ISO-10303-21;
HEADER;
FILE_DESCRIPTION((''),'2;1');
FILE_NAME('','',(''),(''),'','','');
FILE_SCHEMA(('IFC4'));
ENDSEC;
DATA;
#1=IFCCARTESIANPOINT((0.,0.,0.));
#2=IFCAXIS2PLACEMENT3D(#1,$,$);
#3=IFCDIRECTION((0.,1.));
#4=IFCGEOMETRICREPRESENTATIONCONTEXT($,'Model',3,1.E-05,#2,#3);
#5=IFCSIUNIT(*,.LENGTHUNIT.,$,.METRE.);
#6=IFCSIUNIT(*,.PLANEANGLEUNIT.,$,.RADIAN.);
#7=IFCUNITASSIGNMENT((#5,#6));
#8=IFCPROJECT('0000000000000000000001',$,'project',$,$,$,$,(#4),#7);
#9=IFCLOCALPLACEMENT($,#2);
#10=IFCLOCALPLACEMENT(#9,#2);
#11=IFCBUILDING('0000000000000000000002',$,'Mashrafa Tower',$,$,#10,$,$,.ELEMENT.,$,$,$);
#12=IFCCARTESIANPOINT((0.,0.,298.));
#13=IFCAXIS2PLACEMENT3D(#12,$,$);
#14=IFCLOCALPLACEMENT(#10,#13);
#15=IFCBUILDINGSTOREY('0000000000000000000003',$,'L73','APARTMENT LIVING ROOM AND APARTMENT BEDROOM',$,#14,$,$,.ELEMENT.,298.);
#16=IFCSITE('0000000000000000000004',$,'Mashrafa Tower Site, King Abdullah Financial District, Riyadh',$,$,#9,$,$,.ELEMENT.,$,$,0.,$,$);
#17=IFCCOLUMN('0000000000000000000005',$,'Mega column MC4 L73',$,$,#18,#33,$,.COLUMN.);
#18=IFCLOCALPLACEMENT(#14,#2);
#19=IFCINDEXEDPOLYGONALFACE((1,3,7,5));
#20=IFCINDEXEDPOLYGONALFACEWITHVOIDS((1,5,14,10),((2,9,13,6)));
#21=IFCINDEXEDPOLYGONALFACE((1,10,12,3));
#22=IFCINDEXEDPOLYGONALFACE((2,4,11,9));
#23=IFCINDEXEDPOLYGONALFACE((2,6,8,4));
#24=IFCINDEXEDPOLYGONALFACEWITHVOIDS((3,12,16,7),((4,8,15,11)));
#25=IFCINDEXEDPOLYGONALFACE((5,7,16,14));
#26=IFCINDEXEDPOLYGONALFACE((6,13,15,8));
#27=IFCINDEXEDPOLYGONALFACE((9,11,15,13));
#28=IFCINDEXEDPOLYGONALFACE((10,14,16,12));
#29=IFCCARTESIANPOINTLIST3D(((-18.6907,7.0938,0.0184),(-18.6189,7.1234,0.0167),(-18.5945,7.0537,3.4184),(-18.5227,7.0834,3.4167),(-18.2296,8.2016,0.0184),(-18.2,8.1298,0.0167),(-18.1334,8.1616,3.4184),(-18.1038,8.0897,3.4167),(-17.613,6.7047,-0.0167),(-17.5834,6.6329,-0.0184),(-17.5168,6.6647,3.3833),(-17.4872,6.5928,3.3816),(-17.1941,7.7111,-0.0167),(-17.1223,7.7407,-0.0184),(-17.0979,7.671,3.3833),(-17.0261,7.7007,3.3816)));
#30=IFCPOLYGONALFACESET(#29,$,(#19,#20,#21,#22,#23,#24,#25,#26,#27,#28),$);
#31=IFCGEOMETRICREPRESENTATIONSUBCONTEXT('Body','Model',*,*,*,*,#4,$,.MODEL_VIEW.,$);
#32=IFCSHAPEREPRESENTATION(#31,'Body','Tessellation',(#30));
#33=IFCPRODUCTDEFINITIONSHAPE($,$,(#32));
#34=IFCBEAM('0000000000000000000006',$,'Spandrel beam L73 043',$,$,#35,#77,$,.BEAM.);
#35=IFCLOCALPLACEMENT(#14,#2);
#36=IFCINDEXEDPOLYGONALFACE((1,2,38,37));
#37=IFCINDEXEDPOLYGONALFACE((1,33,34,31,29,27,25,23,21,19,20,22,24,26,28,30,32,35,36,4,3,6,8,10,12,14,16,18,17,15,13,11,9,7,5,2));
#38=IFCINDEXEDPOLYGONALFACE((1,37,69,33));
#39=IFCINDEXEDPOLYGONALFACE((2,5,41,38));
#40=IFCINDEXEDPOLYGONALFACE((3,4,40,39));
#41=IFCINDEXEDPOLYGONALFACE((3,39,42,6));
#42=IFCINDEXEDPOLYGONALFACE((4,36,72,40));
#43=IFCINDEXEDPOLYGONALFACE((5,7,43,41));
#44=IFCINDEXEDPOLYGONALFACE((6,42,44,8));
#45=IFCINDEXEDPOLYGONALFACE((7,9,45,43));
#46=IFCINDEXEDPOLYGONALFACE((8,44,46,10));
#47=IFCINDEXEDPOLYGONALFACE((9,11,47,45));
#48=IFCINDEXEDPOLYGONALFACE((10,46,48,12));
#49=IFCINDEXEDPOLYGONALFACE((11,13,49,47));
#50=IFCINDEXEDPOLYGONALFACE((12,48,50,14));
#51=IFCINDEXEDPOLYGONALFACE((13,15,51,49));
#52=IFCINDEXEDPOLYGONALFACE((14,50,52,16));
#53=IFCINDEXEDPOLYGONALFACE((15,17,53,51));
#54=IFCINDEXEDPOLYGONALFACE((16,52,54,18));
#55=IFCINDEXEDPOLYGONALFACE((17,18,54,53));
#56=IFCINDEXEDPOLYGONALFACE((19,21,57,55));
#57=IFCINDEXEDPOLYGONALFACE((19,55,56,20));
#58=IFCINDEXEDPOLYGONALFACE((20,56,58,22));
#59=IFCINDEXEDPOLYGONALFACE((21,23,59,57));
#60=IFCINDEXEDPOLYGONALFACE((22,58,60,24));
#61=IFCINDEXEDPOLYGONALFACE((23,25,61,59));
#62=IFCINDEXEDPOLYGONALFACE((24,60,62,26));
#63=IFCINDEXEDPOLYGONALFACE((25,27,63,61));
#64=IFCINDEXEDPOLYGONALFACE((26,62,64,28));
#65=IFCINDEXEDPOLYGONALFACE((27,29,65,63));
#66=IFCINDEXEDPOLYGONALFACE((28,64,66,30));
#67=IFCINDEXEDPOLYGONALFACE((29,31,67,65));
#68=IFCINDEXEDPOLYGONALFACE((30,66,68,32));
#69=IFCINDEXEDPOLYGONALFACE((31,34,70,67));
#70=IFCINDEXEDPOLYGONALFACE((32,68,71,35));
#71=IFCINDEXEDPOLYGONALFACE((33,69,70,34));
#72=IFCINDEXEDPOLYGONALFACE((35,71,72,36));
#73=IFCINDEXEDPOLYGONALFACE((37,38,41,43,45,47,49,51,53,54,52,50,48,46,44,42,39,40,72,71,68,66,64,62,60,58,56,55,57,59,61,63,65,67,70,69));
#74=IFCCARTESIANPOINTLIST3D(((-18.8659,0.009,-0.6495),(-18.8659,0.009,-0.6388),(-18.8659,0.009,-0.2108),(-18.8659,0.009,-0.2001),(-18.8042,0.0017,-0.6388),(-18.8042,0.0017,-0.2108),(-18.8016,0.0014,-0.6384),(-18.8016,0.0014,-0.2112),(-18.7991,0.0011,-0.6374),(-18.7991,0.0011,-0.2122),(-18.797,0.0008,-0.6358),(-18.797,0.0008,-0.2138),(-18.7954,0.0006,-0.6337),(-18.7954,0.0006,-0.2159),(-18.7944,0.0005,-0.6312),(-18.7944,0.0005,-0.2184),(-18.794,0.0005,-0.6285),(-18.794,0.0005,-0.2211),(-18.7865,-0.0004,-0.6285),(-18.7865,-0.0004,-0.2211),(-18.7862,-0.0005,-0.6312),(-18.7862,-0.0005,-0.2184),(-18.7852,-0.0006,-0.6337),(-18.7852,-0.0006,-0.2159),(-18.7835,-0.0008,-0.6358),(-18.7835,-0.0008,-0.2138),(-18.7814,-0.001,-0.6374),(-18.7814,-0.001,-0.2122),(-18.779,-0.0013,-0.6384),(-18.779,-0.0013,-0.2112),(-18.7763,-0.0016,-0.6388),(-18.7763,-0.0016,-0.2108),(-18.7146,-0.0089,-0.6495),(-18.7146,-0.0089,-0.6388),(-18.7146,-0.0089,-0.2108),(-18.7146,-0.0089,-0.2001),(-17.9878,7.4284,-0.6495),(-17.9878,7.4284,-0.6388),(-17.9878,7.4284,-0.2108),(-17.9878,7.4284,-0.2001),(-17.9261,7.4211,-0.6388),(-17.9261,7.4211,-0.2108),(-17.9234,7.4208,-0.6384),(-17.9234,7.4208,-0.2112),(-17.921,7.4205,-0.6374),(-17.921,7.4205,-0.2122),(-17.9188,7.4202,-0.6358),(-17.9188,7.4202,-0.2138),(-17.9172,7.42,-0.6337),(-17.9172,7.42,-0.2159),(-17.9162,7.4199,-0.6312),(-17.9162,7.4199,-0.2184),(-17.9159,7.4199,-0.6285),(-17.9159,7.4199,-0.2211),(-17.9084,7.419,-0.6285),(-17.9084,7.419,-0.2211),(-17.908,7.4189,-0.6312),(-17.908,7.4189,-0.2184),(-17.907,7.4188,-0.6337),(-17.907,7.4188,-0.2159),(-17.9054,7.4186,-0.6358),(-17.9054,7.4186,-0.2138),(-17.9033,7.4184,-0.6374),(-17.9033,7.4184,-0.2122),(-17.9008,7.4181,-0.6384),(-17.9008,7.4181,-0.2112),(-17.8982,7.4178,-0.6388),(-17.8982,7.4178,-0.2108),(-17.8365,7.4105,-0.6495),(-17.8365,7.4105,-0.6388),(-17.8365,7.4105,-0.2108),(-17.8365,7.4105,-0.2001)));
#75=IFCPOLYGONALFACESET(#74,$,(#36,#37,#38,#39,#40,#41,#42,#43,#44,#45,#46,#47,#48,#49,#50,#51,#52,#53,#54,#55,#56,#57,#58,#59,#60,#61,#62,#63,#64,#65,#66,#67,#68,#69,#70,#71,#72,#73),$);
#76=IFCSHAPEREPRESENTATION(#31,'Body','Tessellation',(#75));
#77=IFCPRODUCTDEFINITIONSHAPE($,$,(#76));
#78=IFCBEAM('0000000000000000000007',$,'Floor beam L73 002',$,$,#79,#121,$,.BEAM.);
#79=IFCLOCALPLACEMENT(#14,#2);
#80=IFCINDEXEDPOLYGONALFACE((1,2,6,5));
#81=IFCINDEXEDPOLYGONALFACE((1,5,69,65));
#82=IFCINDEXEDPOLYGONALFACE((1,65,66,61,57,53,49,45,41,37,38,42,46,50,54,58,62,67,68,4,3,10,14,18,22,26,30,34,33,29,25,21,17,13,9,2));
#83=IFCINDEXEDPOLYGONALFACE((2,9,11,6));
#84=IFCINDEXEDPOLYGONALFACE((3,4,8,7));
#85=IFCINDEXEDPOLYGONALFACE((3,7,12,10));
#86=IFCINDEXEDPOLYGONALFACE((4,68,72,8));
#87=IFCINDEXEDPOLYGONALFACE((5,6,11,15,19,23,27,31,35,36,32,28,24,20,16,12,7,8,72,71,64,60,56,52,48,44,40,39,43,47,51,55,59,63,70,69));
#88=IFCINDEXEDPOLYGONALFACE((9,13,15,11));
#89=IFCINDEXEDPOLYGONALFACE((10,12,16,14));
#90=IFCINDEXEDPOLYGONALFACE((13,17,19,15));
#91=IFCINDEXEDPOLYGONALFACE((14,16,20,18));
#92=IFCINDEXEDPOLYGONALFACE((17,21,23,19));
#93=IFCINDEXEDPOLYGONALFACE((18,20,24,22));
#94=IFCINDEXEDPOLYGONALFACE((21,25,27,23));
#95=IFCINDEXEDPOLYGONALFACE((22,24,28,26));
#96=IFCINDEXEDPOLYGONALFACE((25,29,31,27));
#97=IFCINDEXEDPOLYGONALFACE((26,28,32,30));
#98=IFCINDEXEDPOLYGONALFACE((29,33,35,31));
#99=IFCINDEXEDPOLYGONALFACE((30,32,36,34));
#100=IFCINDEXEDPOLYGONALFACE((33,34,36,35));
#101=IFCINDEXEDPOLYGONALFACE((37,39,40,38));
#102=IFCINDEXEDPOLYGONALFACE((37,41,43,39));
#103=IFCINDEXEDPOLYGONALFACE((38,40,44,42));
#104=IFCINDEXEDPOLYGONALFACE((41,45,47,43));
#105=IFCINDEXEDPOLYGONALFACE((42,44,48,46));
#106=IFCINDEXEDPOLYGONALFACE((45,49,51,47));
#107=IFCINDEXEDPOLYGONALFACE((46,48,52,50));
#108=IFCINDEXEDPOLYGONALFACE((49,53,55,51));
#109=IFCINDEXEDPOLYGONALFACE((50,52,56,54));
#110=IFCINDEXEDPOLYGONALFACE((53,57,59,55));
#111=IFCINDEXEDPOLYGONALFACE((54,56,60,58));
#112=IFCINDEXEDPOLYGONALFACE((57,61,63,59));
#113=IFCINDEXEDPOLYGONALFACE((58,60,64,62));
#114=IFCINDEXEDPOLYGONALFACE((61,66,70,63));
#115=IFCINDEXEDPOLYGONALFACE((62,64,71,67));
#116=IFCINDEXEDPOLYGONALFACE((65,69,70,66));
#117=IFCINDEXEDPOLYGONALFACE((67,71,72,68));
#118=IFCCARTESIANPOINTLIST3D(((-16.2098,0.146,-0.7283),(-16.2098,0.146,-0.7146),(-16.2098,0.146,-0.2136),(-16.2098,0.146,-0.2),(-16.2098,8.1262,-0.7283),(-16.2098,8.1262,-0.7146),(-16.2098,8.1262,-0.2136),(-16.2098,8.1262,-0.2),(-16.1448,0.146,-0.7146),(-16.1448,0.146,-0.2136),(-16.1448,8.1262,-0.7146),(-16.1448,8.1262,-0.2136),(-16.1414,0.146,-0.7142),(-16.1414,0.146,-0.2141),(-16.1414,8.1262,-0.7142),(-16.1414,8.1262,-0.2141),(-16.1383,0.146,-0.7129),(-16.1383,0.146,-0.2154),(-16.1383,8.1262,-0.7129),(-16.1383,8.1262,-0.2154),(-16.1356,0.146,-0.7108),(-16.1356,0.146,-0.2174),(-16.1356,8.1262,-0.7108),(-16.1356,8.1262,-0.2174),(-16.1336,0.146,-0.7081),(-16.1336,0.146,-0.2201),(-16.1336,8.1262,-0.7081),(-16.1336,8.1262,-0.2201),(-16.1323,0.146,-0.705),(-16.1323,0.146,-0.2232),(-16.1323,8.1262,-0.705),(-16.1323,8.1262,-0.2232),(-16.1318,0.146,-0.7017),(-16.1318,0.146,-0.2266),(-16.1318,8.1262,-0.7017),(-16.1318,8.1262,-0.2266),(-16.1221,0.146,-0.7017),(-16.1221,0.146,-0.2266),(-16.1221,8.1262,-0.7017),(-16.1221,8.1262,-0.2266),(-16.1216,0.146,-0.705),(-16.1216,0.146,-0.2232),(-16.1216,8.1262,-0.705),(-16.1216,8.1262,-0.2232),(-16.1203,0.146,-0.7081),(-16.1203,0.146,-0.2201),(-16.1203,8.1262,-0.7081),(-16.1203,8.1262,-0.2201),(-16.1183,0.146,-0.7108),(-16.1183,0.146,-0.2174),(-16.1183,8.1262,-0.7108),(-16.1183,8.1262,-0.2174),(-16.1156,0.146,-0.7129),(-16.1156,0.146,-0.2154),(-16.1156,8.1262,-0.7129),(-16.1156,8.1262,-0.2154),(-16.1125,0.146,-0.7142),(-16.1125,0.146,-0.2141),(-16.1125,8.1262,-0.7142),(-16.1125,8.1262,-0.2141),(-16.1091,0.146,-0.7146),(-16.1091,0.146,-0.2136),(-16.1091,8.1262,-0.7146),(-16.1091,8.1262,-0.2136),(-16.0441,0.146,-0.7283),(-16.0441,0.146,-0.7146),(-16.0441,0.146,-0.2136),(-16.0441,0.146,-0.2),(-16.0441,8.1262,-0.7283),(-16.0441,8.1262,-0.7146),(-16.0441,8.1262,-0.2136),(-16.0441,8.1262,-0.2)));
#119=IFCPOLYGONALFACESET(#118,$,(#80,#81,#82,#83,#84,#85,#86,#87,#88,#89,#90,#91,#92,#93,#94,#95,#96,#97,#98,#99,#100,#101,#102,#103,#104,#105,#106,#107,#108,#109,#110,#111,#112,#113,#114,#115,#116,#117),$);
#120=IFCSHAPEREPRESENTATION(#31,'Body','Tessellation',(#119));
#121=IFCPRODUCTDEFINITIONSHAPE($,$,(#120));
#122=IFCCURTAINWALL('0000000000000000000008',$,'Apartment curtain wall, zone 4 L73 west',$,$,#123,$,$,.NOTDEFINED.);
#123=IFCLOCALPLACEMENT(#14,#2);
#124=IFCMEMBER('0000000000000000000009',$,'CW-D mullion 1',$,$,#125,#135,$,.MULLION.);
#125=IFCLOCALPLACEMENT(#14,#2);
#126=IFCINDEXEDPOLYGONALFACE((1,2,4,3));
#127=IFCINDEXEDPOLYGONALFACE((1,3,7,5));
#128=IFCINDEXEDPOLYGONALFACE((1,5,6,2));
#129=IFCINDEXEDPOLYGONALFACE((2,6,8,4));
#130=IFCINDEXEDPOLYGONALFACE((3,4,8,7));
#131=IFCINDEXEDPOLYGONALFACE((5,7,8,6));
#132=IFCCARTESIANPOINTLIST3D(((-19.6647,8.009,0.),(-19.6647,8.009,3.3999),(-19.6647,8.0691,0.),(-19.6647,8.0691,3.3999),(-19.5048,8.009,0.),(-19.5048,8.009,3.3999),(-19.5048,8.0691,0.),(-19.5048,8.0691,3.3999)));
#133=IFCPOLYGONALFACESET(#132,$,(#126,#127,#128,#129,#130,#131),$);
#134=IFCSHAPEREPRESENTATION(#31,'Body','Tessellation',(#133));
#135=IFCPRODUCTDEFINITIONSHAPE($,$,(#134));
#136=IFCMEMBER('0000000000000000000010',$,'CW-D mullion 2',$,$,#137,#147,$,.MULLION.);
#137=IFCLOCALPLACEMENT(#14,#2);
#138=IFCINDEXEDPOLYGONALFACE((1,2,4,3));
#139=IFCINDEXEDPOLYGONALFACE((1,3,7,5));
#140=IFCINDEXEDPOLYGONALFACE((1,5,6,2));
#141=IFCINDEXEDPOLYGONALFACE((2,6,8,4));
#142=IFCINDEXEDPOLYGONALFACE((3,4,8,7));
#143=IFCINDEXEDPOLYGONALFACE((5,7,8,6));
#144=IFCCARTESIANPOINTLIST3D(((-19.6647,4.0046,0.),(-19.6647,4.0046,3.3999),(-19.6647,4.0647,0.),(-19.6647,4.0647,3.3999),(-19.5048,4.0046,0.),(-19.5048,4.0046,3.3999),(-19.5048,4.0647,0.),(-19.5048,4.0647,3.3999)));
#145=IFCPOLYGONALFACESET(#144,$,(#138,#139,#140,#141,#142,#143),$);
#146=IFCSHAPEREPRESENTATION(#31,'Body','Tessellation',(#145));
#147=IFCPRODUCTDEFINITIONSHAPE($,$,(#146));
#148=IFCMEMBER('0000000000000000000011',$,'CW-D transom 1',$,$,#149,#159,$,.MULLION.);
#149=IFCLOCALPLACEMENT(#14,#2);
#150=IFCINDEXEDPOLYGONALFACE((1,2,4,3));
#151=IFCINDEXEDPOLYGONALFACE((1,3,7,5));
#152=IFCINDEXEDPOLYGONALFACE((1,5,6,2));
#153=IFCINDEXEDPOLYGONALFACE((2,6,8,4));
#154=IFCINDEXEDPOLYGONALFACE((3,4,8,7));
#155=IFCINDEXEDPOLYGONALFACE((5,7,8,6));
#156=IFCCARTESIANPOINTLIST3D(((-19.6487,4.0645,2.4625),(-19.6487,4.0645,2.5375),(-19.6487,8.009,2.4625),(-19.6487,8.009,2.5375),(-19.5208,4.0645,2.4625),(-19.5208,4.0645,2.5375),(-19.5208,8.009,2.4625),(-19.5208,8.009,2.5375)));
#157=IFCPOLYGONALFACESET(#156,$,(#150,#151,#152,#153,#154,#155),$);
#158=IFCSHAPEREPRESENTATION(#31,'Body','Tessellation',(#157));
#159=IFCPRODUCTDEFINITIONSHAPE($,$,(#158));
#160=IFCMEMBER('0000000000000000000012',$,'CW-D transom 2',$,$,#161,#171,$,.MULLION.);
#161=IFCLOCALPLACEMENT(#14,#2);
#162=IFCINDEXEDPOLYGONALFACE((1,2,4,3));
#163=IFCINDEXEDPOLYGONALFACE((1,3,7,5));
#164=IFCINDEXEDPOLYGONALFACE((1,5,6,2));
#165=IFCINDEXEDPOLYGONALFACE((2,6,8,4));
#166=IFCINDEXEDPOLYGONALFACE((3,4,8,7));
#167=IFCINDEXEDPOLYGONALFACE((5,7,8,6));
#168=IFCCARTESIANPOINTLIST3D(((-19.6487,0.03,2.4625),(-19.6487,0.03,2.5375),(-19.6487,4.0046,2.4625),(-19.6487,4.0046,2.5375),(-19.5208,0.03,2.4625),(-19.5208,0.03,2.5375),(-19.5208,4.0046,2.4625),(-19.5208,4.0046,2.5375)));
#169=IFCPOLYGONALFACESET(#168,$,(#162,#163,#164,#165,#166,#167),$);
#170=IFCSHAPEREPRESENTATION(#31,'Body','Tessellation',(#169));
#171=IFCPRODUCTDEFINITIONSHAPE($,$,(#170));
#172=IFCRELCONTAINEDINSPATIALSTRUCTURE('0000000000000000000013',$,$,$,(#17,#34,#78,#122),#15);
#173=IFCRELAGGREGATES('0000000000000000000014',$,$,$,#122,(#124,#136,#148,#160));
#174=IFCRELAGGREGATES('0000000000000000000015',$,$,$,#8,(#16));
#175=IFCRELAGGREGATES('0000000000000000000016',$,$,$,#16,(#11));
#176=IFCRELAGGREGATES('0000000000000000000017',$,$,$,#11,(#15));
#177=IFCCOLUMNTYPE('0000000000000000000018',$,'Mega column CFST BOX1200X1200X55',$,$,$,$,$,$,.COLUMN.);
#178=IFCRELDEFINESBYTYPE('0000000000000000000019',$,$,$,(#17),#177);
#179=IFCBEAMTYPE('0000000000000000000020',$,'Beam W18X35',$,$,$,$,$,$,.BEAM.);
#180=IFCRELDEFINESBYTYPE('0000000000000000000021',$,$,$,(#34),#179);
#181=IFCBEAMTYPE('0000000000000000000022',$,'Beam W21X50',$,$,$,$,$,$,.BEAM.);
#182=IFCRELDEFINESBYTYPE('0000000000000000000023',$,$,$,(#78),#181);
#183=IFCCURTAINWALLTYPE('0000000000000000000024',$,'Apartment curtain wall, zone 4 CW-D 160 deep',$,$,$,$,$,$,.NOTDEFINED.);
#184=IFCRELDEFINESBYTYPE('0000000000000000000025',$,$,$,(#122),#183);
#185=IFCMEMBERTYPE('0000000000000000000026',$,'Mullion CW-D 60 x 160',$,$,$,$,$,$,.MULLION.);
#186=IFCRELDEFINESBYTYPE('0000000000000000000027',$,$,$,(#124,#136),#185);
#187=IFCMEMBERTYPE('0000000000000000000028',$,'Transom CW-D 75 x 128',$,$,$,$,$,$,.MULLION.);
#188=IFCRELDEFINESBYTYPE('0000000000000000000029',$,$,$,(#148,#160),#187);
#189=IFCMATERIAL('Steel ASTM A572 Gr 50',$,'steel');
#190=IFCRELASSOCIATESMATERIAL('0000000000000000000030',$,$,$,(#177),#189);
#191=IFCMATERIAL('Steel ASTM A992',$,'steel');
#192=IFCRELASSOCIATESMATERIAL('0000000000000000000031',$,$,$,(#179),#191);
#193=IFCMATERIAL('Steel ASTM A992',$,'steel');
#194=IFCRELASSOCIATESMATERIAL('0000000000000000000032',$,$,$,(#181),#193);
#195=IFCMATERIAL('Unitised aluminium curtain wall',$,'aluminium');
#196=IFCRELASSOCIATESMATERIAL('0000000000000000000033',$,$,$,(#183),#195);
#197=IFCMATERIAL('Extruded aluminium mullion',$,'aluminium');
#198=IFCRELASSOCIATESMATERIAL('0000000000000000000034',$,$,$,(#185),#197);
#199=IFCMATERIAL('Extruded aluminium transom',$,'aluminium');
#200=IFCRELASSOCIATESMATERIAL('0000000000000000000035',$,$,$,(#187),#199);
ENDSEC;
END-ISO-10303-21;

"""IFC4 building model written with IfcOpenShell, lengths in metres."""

from ifc_helpers import new_model, si_unit, direction, frame, origin, origin_2d, place, context, subcontext, project, spatial, rectangle, hollow_rectangle, i_section, extrude, source, transform, mapped, material, material_profile, profile_set, type_object, type_shapes, element, aggregate, save


model = new_model("IFC4")

# Units and contexts
model_context = context("Model", 3, precision=1e-05, world=origin(), true_north=direction((0.0, 1.0)))
body_context = subcontext(model_context, "Body", "Model", "MODEL_VIEW")
ifc_project = project(units=[si_unit("LENGTHUNIT", "METRE"), si_unit("PLANEANGLEUNIT", "RADIAN")], contexts=[model_context])

# Site, building, storey
site_placement = place(None, origin())
site = spatial("IfcSite", under=ifc_project, at=site_placement, Name="Mashrafa Tower Site, King Abdullah Financial District, Riyadh", CompositionType="ELEMENT", RefElevation=0.0)
building_placement = place(site_placement, origin())
building = spatial("IfcBuilding", under=site, at=building_placement, Name="Mashrafa Tower", CompositionType="ELEMENT")
storey_placement = place(building_placement, frame((0.0, 0.0, 298.0)))
storey = spatial("IfcBuildingStorey", under=building, at=storey_placement, Name="L73", Description="APARTMENT LIVING ROOM AND APARTMENT BEDROOM", CompositionType="ELEMENT", Elevation=298.0)

# Column
ifc_material_1 = material(Name="Steel ASTM A572 Gr 50", Category="steel")
ifc_material_profile_1 = material_profile(ifc_material_1, hollow_rectangle(XDim=1.2, YDim=1.2, WallThickness=0.0549, at=origin_2d()), Name="BOX1200X1200X55")
ifc_profile_set_1 = profile_set([ifc_material_profile_1], Name="Steel ASTM A572 Gr 50")
column_type = type_object("IfcColumnType", Name="Mega column CFST BOX1200X1200X55", PredefinedType="COLUMN", material=ifc_profile_set_1)
column_placement = place(storey_placement, frame((-17.9065, 7.4172, 0.0), z_axis=(0.028279, -0.011771, 0.999531), x_axis=(0.384283, 0.923216, 0.0)))
element("IfcColumn", 1, at=column_placement, inside=storey, type_object=column_type, Name="Mega column MC4 L73", PredefinedType="COLUMN", context=body_context, shape_type="SweptSolid", body=[
    extrude(hollow_rectangle(XDim=1.2, YDim=1.2, WallThickness=0.0549, at=origin_2d()), origin(), (0.0, 0.0, 1.0), 3.4016),
])

# Beams
ifc_material_2 = material(Name="Steel ASTM A992", Category="steel")
ifc_material_profile_2 = material_profile(ifc_material_2, i_section(OverallWidth=0.1523, OverallDepth=0.4495, WebThickness=0.0076, FlangeThickness=0.0107, FilletRadius=0.0103, at=origin_2d()), Name="W18X35")
ifc_profile_set_2 = profile_set([ifc_material_profile_2], Name="Steel ASTM A992")
beam_type_1 = type_object("IfcBeamType", Name="Beam W18X35", PredefinedType="BEAM", material=ifc_profile_set_2)
beam_1_placement = place(storey_placement, frame((-17.9121, 7.4194, -0.4248), z_axis=(-0.117541, -0.993068, 0.0), x_axis=(0.993068, -0.117541, 0.0)))
element("IfcBeam", 2, at=beam_1_placement, inside=storey, type_object=beam_type_1, Name="Spandrel beam L73 043", PredefinedType="BEAM", context=body_context, shape_type="SweptSolid", body=[
    extrude(i_section(OverallWidth=0.1523, OverallDepth=0.4495, WebThickness=0.0076, FlangeThickness=0.0107, FilletRadius=0.0103, at=origin_2d()), origin(), (0.0, 0.0, 1.0), 7.4712),
])
ifc_material_3 = material(Name="Steel ASTM A992", Category="steel")
ifc_material_profile_3 = material_profile(ifc_material_3, i_section(OverallWidth=0.1658, OverallDepth=0.5283, WebThickness=0.0098, FlangeThickness=0.0137, FilletRadius=0.0129, at=origin_2d()), Name="W21X50")
ifc_profile_set_3 = profile_set([ifc_material_profile_3], Name="Steel ASTM A992")
beam_type_2 = type_object("IfcBeamType", Name="Beam W21X50", PredefinedType="BEAM", material=ifc_profile_set_3)
beam_2_placement = place(storey_placement, frame((-16.127, 0.146, -0.4641), z_axis=(0.0, 1.0, 0.0), x_axis=(-1.0, 0.0, 0.0)))
element("IfcBeam", 3, at=beam_2_placement, inside=storey, type_object=beam_type_2, Name="Floor beam L73 002", PredefinedType="BEAM", context=body_context, shape_type="SweptSolid", body=[
    extrude(i_section(OverallWidth=0.1658, OverallDepth=0.5283, WebThickness=0.0098, FlangeThickness=0.0137, FilletRadius=0.0129, at=origin_2d()), origin(), (0.0, 0.0, 1.0), 7.9802),
])

# Curtain wall, members
ifc_material_4 = material(Name="Unitised aluminium curtain wall", Category="aluminium")
curtain_wall_type = type_object("IfcCurtainWallType", Name="Apartment curtain wall, zone 4 CW-D 160 deep", PredefinedType="NOTDEFINED", material=ifc_material_4)
curtain_wall_placement = place(storey_placement, origin())
curtain_wall = element("IfcCurtainWall", 4, at=curtain_wall_placement, inside=storey, type_object=curtain_wall_type, Name="Apartment curtain wall, zone 4 L73 west", PredefinedType="NOTDEFINED")
ifc_material_5 = material(Name="Extruded aluminium mullion", Category="aluminium")
ifc_material_profile_4 = material_profile(ifc_material_5, rectangle(XDim=0.1599, YDim=0.0601, at=origin_2d()), Name="Mullion 60x160")
ifc_profile_set_4 = profile_set([ifc_material_profile_4], Name="Extruded aluminium mullion")
member_type_1 = type_object("IfcMemberType", Name="Mullion CW-D 60 x 160", PredefinedType="MULLION", material=ifc_profile_set_4)
shared_shape_1 = source(origin(), body_context, "Body", "SweptSolid", [
    extrude(rectangle(XDim=0.1599, YDim=0.0601, at=origin_2d()), origin(), (0.0, 0.0, 1.0), 3.3999),
])
type_shapes(member_type_1, [shared_shape_1])
member_1_placement = place(storey_placement, frame((-19.5847, 8.0391, 0.0), z_axis=(0.0, 0.0, 1.0), x_axis=(1.0, 0.0, 0.0)))
member_1 = element("IfcMember", 5, at=member_1_placement, type_object=member_type_1, Name="CW-D mullion 1", PredefinedType="MULLION", context=body_context, shape_type="MappedRepresentation", body=[
    mapped(shared_shape_1, transform((0.0, 0.0, 0.0))),
])
member_2_placement = place(storey_placement, frame((-19.5847, 4.0347, 0.0), z_axis=(0.0, 0.0, 1.0), x_axis=(1.0, 0.0, 0.0)))
member_2 = element("IfcMember", 6, at=member_2_placement, type_object=member_type_1, Name="CW-D mullion 2", PredefinedType="MULLION", context=body_context, shape_type="MappedRepresentation", body=[
    mapped(shared_shape_1, transform((0.0, 0.0, 0.0))),
])
ifc_material_6 = material(Name="Extruded aluminium transom", Category="aluminium")
ifc_material_profile_5 = material_profile(ifc_material_6, rectangle(XDim=0.1279, YDim=0.075, at=origin_2d()), Name="Transom 75x128")
ifc_profile_set_5 = profile_set([ifc_material_profile_5], Name="Extruded aluminium transom")
member_type_2 = type_object("IfcMemberType", Name="Transom CW-D 75 x 128", PredefinedType="MULLION", material=ifc_profile_set_5)
shared_shape_2 = source(origin(), body_context, "Body", "SweptSolid", [
    extrude(rectangle(XDim=0.1279, YDim=0.075, at=origin_2d()), origin(), (0.0, 0.0, 1.0), 3.9446),
])
member_3_placement = place(storey_placement, frame((-19.5847, 8.009, 2.5), z_axis=(0.0, -1.0, 0.0), x_axis=(1.0, 0.0, 0.0)))
member_3 = element("IfcMember", 7, at=member_3_placement, type_object=member_type_2, Name="CW-D transom 1", PredefinedType="MULLION", context=body_context, shape_type="MappedRepresentation", body=[
    mapped(shared_shape_2, transform((0.0, 0.0, 0.0))),
])
shared_shape_3 = source(origin(), body_context, "Body", "SweptSolid", [
    extrude(rectangle(XDim=0.1279, YDim=0.075, at=origin_2d()), origin(), (0.0, 0.0, 1.0), 3.9746),
])
type_shapes(member_type_2, [shared_shape_2, shared_shape_3])
member_4_placement = place(storey_placement, frame((-19.5847, 4.0046, 2.5), z_axis=(0.0, -1.0, 0.0), x_axis=(1.0, 0.0, 0.0)))
member_4 = element("IfcMember", 8, at=member_4_placement, type_object=member_type_2, Name="CW-D transom 2", PredefinedType="MULLION", context=body_context, shape_type="MappedRepresentation", body=[
    mapped(shared_shape_3, transform((0.0, 0.0, 0.0))),
])
aggregate(curtain_wall, [member_1, member_2, member_3, member_4])

save(model, "model.ifc")
